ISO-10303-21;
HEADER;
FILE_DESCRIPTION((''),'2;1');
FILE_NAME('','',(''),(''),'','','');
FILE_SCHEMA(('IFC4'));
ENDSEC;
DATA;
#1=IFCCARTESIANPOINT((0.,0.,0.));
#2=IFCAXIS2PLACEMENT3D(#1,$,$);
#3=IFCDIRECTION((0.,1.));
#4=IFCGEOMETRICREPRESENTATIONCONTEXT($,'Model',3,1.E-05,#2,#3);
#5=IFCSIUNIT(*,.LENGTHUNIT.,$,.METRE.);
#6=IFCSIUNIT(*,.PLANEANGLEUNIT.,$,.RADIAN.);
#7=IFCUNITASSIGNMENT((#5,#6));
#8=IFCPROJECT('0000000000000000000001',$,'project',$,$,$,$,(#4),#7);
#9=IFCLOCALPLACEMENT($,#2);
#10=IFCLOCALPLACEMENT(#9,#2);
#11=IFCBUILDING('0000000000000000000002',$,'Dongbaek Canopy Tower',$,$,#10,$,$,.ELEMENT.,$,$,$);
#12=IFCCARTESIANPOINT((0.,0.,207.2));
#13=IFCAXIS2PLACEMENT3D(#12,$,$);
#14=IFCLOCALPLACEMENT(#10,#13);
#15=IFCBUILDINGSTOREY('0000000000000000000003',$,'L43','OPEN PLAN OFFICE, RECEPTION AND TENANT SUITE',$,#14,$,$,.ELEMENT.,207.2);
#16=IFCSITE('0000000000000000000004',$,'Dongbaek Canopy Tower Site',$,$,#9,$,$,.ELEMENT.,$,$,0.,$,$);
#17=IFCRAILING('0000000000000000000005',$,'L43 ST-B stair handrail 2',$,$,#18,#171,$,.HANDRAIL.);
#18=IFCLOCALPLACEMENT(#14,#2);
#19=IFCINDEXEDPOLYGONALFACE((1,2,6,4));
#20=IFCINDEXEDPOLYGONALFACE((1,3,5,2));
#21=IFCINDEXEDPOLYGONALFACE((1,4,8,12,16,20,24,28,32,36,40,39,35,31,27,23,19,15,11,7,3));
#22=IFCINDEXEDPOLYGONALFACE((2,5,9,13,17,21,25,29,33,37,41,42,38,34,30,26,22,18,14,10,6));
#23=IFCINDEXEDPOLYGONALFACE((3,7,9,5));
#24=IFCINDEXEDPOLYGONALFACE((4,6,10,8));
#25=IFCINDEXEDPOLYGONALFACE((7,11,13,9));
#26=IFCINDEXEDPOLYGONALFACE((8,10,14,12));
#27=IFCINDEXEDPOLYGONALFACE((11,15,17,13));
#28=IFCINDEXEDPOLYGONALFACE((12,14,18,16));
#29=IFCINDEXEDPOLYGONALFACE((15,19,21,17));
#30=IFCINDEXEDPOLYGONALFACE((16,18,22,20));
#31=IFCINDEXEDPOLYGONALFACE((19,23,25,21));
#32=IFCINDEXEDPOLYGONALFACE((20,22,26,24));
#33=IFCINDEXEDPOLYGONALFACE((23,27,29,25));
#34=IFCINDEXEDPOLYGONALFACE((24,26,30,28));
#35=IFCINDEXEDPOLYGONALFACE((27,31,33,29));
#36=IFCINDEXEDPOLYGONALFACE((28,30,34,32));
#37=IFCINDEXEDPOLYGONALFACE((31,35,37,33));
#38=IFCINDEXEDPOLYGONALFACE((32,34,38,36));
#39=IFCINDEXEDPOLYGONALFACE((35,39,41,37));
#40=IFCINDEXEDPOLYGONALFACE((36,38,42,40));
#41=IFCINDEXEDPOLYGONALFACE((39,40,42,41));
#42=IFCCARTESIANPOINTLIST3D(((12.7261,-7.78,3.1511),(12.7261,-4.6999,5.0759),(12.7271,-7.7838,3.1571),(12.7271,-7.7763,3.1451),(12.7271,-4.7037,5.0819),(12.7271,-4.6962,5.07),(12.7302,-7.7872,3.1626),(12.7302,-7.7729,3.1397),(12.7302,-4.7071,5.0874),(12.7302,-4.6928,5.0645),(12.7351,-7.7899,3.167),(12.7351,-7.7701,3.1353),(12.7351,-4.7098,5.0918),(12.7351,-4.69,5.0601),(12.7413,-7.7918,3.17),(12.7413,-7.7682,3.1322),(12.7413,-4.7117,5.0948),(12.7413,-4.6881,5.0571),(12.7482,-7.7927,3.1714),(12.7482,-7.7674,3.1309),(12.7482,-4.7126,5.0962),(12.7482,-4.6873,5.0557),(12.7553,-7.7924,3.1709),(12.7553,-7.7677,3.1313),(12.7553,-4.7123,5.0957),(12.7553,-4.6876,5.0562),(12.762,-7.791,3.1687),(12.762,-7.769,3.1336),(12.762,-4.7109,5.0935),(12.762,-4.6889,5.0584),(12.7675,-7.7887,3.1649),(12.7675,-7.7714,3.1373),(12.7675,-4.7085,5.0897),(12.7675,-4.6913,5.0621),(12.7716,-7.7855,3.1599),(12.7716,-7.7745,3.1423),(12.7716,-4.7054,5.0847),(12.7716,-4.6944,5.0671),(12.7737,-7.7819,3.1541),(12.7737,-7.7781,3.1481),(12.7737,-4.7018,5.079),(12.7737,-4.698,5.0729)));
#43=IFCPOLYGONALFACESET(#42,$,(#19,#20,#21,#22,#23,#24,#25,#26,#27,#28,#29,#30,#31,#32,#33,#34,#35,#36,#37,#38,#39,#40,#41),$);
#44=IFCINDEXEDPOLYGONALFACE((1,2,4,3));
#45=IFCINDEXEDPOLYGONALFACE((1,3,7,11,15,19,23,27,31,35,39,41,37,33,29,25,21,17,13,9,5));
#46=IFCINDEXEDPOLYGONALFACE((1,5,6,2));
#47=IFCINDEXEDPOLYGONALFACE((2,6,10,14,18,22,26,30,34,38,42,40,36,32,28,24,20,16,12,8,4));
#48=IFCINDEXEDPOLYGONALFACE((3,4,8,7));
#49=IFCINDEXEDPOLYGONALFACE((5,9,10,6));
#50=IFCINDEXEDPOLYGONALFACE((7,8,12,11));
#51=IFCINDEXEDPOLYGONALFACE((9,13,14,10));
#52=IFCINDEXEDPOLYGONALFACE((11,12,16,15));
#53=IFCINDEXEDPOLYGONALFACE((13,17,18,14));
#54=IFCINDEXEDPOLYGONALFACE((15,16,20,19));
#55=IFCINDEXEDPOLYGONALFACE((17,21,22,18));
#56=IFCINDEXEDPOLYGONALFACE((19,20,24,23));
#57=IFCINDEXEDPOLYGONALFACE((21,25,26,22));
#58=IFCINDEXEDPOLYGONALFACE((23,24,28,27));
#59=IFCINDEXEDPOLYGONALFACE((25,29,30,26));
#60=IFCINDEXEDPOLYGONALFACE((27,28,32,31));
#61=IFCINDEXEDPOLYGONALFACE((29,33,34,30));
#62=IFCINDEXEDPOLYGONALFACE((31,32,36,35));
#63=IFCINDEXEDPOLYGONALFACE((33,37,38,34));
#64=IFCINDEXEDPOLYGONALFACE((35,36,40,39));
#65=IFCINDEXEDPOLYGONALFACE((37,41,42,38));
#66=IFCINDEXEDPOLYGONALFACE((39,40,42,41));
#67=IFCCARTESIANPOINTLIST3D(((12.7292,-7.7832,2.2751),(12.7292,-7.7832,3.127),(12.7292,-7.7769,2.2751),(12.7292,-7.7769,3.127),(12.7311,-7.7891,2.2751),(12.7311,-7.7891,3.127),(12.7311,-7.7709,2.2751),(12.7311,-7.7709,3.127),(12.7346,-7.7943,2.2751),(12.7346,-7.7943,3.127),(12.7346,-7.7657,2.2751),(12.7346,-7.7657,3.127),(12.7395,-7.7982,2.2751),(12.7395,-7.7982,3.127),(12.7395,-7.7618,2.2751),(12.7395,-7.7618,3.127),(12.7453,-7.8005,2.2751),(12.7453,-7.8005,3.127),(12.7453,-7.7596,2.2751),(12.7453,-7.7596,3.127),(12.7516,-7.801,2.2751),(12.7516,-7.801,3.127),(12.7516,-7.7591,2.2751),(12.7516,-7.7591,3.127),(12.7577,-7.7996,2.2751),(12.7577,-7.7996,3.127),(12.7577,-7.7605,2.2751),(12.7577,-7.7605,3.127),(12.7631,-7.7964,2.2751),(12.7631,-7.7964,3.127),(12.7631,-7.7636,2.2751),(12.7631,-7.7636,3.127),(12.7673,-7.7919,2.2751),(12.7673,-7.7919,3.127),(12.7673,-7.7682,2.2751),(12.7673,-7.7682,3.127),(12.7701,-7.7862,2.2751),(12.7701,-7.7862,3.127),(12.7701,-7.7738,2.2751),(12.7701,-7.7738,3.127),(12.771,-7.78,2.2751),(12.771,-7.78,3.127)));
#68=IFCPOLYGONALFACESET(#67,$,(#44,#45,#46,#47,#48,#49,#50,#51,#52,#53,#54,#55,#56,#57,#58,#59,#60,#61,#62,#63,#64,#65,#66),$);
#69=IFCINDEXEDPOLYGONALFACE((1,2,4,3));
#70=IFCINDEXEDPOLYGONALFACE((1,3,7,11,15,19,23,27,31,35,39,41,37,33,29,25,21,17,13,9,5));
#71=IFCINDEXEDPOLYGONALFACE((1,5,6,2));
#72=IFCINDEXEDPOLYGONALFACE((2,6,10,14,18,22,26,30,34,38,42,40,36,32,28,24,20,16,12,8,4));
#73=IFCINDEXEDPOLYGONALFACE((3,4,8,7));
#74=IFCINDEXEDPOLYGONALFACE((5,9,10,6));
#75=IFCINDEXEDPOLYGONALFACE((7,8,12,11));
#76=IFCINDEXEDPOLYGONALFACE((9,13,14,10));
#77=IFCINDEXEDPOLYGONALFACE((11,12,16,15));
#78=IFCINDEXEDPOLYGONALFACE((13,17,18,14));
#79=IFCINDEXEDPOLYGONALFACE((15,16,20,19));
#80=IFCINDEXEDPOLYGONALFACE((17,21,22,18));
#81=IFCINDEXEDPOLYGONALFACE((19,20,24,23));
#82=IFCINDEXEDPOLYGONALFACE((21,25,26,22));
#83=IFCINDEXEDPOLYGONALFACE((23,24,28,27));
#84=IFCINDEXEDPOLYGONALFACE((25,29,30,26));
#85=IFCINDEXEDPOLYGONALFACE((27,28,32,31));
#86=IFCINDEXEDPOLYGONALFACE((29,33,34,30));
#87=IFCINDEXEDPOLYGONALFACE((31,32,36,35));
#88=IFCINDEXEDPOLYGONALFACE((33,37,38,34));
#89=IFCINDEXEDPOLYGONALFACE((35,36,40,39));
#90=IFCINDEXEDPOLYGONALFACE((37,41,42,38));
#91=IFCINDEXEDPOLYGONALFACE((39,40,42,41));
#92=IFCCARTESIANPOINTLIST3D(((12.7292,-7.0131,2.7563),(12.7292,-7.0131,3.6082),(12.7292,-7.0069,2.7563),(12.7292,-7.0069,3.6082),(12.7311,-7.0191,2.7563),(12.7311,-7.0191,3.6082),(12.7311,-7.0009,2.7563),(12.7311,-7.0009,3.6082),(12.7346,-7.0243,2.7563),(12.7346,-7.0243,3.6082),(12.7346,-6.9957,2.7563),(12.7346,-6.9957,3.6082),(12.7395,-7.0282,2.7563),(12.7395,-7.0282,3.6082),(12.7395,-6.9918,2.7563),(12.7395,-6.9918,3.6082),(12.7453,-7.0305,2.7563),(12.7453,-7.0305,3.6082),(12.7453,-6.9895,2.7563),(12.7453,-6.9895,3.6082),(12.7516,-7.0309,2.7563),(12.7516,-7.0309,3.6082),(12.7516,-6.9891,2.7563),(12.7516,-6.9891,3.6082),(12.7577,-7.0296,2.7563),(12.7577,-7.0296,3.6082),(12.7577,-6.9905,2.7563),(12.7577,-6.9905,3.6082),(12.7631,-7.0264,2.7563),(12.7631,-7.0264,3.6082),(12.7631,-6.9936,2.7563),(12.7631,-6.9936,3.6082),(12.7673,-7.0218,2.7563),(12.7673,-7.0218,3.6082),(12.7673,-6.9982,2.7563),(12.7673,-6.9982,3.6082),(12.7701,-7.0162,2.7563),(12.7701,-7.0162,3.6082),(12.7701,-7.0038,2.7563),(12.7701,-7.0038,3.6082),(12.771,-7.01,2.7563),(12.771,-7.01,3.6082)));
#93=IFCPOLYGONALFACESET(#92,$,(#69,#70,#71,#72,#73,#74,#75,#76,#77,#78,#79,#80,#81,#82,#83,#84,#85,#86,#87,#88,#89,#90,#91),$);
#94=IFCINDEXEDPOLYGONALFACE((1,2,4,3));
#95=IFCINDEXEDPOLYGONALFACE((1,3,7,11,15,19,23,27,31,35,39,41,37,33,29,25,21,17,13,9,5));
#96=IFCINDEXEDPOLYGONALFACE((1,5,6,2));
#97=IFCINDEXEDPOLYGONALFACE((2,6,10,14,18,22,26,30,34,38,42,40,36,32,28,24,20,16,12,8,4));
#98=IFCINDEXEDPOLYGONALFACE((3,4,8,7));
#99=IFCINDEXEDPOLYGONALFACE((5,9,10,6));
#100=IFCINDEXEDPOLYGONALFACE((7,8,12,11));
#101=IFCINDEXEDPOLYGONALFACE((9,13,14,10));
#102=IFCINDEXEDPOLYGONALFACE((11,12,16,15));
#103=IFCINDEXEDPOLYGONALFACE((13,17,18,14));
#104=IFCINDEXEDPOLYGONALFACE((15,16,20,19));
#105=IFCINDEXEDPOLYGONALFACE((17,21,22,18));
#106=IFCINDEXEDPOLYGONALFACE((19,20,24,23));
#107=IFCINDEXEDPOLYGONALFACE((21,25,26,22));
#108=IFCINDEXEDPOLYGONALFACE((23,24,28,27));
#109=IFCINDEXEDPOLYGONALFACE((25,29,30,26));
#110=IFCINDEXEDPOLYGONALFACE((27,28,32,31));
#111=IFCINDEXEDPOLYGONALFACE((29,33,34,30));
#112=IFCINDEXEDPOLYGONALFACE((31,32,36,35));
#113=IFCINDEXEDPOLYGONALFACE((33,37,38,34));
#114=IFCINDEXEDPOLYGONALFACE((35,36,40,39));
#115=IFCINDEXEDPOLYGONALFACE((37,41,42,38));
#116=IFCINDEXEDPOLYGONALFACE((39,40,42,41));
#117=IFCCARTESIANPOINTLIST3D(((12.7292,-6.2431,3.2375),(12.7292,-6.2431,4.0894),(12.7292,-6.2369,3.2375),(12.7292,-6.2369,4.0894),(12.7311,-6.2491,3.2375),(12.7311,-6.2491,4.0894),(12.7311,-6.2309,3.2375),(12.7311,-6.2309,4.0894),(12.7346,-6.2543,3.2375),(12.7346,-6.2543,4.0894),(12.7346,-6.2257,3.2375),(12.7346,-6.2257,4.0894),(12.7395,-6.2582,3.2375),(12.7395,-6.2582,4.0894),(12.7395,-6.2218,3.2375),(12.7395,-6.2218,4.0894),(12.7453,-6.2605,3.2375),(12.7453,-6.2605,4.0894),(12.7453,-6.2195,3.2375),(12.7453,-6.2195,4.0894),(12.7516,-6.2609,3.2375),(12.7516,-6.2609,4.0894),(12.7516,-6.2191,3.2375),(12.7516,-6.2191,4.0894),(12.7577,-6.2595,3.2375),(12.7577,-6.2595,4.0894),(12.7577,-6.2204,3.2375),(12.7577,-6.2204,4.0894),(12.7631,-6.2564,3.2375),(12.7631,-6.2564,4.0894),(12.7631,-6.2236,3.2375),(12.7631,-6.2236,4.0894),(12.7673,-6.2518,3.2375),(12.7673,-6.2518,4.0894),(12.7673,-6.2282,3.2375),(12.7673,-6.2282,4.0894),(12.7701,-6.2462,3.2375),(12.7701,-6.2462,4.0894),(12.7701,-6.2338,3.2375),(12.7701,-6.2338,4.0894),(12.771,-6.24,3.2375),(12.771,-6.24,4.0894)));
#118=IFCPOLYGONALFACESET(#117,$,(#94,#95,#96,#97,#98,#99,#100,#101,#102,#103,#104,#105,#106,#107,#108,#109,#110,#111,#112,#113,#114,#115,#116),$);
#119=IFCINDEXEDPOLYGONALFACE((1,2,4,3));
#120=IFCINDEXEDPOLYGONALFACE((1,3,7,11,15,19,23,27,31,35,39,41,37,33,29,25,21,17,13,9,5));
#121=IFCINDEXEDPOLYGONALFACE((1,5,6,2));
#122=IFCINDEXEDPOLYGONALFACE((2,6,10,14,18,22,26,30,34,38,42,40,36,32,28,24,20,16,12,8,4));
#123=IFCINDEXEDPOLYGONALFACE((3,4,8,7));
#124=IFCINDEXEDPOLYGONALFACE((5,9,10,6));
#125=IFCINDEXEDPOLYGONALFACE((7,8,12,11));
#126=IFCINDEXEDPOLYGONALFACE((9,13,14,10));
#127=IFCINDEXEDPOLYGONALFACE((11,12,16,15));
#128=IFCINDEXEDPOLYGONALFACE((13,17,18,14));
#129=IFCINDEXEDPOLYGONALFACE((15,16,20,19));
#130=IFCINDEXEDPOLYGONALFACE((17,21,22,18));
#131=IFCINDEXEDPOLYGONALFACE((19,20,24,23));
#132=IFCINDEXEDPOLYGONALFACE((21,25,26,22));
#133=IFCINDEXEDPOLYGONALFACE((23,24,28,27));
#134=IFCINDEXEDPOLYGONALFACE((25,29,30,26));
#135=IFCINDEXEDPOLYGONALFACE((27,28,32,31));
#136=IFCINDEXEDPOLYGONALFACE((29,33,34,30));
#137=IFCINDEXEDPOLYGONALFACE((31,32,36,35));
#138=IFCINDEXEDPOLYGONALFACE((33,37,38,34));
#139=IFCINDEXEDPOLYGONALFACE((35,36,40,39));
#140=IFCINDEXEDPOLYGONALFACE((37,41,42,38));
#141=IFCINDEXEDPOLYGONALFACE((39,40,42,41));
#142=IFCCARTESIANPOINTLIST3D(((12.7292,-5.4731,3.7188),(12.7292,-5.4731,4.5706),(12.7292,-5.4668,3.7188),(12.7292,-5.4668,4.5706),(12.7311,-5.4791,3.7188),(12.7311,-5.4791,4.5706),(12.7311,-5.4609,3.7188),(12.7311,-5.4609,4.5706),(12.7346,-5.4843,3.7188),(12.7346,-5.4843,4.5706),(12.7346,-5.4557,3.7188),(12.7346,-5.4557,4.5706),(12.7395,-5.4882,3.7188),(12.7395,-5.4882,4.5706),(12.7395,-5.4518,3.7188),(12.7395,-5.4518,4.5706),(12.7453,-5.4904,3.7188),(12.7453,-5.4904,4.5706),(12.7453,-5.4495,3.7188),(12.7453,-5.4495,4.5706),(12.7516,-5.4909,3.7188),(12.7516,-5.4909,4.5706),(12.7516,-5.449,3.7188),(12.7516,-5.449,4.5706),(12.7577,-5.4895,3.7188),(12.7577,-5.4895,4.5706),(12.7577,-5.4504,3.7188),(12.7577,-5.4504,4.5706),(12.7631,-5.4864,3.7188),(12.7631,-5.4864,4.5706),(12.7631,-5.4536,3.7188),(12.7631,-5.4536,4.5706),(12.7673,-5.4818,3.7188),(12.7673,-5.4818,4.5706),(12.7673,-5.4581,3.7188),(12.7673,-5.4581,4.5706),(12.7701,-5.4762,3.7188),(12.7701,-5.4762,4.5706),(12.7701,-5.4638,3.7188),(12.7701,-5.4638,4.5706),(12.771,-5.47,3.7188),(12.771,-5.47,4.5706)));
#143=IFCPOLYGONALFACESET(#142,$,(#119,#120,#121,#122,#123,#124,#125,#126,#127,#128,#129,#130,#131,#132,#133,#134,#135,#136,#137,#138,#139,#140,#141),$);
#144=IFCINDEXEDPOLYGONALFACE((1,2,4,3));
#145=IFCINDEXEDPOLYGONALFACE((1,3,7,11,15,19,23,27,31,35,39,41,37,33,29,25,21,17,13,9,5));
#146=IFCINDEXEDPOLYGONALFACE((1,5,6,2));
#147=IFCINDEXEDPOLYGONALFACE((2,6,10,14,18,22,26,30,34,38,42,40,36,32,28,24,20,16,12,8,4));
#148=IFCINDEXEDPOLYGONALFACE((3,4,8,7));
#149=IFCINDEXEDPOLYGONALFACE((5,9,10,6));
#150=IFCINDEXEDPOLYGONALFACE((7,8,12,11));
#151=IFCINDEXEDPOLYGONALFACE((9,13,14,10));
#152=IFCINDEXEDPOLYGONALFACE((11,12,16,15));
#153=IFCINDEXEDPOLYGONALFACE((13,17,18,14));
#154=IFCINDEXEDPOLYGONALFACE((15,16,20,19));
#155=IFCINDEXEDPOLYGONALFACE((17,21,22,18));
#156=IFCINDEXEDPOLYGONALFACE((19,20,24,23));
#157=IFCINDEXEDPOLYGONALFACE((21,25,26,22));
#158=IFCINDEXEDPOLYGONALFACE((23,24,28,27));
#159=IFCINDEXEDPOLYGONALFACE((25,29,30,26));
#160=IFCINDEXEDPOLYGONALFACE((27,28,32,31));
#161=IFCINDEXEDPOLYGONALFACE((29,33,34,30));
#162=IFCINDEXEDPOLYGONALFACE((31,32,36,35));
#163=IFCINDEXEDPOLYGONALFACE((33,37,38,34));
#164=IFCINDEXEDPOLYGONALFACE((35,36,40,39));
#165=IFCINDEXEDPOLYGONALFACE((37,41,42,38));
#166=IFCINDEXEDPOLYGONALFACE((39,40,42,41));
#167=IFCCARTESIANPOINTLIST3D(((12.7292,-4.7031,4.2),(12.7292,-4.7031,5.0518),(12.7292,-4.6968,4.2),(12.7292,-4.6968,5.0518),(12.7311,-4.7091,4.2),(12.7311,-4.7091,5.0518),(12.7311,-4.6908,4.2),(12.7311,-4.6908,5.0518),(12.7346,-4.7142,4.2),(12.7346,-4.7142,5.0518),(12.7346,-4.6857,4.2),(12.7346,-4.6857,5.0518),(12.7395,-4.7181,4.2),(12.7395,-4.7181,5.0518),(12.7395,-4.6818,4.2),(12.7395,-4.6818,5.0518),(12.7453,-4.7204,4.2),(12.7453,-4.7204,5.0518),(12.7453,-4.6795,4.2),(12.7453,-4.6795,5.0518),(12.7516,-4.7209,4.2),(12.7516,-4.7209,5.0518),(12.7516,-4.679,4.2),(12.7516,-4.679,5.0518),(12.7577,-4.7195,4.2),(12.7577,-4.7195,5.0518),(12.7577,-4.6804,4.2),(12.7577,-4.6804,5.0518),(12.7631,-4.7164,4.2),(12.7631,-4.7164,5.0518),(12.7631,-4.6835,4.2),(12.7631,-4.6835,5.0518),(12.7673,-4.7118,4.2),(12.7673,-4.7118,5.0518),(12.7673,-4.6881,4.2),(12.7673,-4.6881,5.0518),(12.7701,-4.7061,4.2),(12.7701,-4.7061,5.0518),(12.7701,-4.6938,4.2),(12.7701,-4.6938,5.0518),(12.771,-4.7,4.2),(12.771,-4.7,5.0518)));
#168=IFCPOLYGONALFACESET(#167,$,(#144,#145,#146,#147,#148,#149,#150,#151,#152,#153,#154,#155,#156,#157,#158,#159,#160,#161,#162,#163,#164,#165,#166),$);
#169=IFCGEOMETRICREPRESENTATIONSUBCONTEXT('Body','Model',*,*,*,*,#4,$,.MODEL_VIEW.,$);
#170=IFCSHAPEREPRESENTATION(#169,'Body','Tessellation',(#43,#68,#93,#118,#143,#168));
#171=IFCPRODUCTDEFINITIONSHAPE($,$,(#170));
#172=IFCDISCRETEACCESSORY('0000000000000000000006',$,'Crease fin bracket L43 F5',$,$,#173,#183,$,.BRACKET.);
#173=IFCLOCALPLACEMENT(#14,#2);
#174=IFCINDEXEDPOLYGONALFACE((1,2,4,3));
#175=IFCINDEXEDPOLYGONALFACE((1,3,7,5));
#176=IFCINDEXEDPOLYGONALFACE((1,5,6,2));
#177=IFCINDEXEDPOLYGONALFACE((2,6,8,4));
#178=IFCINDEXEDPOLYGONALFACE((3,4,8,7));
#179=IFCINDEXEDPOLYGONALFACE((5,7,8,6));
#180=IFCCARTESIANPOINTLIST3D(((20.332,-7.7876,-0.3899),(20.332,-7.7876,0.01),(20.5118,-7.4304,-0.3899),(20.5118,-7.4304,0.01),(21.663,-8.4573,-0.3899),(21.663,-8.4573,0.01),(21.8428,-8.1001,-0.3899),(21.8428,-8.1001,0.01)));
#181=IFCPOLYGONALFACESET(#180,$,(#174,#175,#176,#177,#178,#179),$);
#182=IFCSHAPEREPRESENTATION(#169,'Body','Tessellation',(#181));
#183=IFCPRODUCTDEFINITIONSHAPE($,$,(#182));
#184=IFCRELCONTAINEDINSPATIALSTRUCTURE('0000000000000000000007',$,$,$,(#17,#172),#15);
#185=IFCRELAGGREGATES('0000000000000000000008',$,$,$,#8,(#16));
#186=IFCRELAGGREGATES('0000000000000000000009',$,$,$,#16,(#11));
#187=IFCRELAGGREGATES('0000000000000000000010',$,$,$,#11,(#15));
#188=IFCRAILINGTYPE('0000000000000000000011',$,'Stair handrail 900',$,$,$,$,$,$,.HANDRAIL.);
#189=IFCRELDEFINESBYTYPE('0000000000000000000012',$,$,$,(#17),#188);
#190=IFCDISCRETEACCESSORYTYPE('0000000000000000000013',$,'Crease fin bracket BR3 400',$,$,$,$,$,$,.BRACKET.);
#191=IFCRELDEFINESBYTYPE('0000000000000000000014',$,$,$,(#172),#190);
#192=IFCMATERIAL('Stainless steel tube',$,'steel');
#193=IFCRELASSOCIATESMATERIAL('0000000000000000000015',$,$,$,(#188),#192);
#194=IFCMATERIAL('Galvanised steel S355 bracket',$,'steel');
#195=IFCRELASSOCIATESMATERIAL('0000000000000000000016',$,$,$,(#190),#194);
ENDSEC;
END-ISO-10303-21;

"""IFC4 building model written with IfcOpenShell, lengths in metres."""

from ifc_helpers import new_model, si_unit, direction, frame, origin, origin_2d, place, context, subcontext, project, spatial, rectangle, circle, extrude, material, type_object, element, save


model = new_model("IFC4")

# Units and contexts
model_context = context("Model", 3, precision=1e-05, world=origin(), true_north=direction((0.0, 1.0)))
body_context = subcontext(model_context, "Body", "Model", "MODEL_VIEW")
ifc_project = project(units=[si_unit("LENGTHUNIT", "METRE"), si_unit("PLANEANGLEUNIT", "RADIAN")], contexts=[model_context])

# Site, building, storey
site_placement = place(None, origin())
site = spatial("IfcSite", under=ifc_project, at=site_placement, Name="Dongbaek Canopy Tower Site", CompositionType="ELEMENT", RefElevation=0.0)
building_placement = place(site_placement, origin())
building = spatial("IfcBuilding", under=site, at=building_placement, Name="Dongbaek Canopy Tower", CompositionType="ELEMENT")
storey_placement = place(building_placement, frame((0.0, 0.0, 207.2)))
storey = spatial("IfcBuildingStorey", under=building, at=storey_placement, Name="L43", Description="OPEN PLAN OFFICE, RECEPTION AND TENANT SUITE", CompositionType="ELEMENT", Elevation=207.2)

# Railing
ifc_material_1 = material(Name="Stainless steel tube", Category="steel")
railing_type_1 = type_object("IfcRailingType", Name="Stair handrail 900", PredefinedType="HANDRAIL", material=ifc_material_1)
railing_1_placement = place(storey_placement, frame((12.75, -7.78, 2.2751)))
element("IfcRailing", 1, at=railing_1_placement, inside=storey, type_object=railing_type_1, Name="L43 ST-B stair handrail 2", PredefinedType="HANDRAIL", context=body_context, shape_type="SweptSolid", body=[
    extrude(circle(Radius=0.0239, at=origin_2d()), frame((0.0, 0.0, 0.876), z_axis=(0.0, 0.848029, 0.529951), x_axis=(-1.0, 0.0, 0.0)), (0.0, 0.0, 1.0), 3.6321),
    extrude(circle(Radius=0.021, at=origin_2d()), origin(), (0.0, 0.0, 1.0), 0.8518),
    extrude(circle(Radius=0.021, at=origin_2d()), frame((0.0, 0.77, 0.4812)), (0.0, 0.0, 1.0), 0.8518),
    extrude(circle(Radius=0.021, at=origin_2d()), frame((0.0, 1.54, 0.9624)), (0.0, 0.0, 1.0), 0.8518),
    extrude(circle(Radius=0.021, at=origin_2d()), frame((0.0, 2.3101, 1.4436)), (0.0, 0.0, 1.0), 0.8518),
    extrude(circle(Radius=0.021, at=origin_2d()), frame((0.0, 3.0801, 1.9248)), (0.0, 0.0, 1.0), 0.8518),
])

# Discrete accessory
ifc_material_2 = material(Name="Galvanised steel S355 bracket", Category="steel")
discrete_accessory_type = type_object("IfcDiscreteAccessoryType", Name="Crease fin bracket BR3 400", PredefinedType="BRACKET", material=ifc_material_2)
discrete_accessory_placement = place(storey_placement, frame((21.0874, -7.9438, -0.3899), z_axis=(0.0, 0.0, 1.0), x_axis=(0.893281, -0.449498, 0.0)))
element("IfcDiscreteAccessory", 2, at=discrete_accessory_placement, inside=storey, type_object=discrete_accessory_type, Name="Crease fin bracket L43 F5", PredefinedType="BRACKET", context=body_context, shape_type="SweptSolid", body=[
    extrude(rectangle(XDim=1.49, YDim=0.3999, at=origin_2d()), origin(), (0.0, 0.0, 1.0), 0.3999),
])

save(model, "model.ifc")
